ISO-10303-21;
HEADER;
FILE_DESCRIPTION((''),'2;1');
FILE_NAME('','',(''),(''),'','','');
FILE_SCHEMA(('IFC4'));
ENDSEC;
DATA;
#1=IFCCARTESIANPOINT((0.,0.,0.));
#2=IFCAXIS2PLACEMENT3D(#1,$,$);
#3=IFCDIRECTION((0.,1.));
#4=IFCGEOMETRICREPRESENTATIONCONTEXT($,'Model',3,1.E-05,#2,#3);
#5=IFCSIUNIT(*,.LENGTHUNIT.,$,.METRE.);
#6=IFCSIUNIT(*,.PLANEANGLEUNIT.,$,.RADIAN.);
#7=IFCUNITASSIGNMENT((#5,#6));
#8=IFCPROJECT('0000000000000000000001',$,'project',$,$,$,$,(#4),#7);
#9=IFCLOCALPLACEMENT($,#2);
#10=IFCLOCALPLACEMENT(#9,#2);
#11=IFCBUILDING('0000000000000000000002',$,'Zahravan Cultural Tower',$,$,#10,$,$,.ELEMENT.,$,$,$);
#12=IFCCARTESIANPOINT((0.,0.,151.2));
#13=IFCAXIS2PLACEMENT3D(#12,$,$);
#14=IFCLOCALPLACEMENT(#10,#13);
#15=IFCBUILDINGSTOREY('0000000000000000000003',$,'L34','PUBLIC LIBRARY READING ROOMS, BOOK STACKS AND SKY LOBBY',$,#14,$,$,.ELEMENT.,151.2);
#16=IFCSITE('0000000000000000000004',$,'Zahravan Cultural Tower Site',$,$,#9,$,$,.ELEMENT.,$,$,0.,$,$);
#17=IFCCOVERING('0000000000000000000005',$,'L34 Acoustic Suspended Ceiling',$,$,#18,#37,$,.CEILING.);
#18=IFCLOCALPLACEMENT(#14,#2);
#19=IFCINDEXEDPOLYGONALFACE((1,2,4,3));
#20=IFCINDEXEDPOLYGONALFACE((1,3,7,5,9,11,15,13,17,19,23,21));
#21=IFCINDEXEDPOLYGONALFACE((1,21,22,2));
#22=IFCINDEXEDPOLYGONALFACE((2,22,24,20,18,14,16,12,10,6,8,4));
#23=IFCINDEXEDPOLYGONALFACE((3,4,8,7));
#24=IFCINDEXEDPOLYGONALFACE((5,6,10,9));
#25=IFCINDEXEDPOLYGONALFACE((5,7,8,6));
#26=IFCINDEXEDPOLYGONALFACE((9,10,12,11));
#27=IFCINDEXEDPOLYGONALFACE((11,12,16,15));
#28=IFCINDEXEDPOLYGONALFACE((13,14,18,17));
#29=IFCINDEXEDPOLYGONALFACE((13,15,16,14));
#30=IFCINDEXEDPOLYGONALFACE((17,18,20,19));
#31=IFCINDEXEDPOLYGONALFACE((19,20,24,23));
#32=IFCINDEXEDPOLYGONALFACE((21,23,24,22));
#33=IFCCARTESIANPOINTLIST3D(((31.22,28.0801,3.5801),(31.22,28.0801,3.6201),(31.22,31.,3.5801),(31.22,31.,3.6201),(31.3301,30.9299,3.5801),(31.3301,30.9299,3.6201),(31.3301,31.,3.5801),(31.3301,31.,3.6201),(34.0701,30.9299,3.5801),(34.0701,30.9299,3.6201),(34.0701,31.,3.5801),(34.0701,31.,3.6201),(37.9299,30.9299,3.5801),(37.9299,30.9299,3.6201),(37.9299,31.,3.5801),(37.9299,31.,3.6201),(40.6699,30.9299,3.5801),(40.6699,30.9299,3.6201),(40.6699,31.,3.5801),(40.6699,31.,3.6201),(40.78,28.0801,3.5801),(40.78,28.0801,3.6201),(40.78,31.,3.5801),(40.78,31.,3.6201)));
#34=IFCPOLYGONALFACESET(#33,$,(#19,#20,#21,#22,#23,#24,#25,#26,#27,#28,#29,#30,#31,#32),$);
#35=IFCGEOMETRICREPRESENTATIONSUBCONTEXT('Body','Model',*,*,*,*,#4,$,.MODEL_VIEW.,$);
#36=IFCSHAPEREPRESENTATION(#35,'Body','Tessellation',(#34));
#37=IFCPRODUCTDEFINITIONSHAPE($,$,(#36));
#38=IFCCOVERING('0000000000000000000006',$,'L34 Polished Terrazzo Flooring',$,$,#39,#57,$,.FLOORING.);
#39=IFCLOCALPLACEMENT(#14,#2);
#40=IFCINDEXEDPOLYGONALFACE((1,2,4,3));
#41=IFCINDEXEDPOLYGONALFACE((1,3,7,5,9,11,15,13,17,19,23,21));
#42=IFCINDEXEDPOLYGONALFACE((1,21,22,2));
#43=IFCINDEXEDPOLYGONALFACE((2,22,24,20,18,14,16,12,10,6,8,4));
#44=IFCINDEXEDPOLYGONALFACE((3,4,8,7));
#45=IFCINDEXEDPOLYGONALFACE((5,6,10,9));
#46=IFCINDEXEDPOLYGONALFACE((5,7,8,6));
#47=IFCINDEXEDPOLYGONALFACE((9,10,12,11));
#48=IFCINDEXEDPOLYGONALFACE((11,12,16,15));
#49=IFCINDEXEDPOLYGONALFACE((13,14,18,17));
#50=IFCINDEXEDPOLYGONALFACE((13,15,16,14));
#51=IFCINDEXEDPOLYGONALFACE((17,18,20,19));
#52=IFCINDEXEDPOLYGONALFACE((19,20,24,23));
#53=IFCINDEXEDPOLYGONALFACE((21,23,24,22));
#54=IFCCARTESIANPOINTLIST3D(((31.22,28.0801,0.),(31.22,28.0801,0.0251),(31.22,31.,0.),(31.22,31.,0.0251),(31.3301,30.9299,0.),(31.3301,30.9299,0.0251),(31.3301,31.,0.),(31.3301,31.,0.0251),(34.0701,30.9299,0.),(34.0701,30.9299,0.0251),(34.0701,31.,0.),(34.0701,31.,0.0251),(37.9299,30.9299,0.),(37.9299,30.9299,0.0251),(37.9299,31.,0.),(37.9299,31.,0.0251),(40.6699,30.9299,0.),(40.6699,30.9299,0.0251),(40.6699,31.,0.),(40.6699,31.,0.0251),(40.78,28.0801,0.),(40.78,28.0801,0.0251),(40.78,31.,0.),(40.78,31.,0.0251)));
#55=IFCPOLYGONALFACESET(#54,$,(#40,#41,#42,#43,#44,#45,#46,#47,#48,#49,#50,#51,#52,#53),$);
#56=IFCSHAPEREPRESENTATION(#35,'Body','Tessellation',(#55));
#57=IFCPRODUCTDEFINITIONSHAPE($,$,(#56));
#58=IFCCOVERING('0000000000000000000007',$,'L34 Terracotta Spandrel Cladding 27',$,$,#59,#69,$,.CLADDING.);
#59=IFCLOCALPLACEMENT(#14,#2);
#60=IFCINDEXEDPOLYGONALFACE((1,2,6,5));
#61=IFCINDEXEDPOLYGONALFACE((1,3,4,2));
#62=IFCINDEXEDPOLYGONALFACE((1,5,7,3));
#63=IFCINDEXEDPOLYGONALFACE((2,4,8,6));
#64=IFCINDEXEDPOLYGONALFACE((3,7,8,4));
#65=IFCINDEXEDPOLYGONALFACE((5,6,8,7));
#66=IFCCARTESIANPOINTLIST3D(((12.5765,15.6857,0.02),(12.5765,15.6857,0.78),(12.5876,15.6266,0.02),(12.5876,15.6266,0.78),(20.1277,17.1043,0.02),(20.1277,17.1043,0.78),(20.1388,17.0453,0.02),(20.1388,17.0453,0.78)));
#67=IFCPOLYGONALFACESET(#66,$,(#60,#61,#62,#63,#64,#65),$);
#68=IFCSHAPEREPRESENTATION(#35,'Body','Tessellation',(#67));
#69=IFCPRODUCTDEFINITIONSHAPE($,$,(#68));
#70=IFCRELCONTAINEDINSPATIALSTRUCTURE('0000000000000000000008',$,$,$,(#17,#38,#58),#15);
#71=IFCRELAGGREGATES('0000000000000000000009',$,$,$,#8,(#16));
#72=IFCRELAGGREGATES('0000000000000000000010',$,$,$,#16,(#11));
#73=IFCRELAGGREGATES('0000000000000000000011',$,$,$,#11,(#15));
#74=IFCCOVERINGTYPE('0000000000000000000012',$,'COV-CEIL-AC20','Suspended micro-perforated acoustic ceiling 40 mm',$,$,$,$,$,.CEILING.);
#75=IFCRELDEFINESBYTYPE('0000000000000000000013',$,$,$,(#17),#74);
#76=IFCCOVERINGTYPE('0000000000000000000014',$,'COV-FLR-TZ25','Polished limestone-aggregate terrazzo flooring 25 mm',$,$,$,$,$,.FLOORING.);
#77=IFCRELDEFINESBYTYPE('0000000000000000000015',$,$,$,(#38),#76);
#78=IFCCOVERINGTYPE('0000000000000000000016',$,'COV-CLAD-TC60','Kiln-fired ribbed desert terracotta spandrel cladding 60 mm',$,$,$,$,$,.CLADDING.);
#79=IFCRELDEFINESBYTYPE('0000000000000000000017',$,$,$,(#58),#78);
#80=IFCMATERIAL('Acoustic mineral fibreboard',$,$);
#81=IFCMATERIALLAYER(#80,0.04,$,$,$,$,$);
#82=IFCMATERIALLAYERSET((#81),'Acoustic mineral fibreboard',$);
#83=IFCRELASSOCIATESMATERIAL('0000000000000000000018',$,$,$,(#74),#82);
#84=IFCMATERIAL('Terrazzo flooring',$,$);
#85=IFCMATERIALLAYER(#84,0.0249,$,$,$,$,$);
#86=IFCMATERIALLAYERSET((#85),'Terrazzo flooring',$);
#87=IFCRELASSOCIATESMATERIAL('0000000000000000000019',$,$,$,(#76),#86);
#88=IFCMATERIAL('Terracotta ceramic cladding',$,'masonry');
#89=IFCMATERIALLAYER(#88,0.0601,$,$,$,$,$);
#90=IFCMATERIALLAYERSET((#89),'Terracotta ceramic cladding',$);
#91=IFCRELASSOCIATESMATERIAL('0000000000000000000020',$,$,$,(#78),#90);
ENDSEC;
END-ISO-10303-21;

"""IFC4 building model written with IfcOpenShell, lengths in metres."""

from ifc_helpers import new_model, si_unit, direction, frame, origin, origin_2d, place, context, subcontext, project, spatial, polyline, rectangle, outline, extrude, source, transform, mapped, material, layer, layer_set, type_object, element, save


model = new_model("IFC4")

# Units and contexts
model_context = context("Model", 3, precision=1e-05, world=origin(), true_north=direction((0.0, 1.0)))
body_context = subcontext(model_context, "Body", "Model", "MODEL_VIEW")
ifc_project = project(units=[si_unit("LENGTHUNIT", "METRE"), si_unit("PLANEANGLEUNIT", "RADIAN")], contexts=[model_context])

# Site, building, storey
site_placement = place(None, origin())
site = spatial("IfcSite", under=ifc_project, at=site_placement, Name="Zahravan Cultural Tower Site", CompositionType="ELEMENT", RefElevation=0.0)
building_placement = place(site_placement, origin())
building = spatial("IfcBuilding", under=site, at=building_placement, Name="Zahravan Cultural Tower", CompositionType="ELEMENT")
storey_placement = place(building_placement, frame((0.0, 0.0, 151.2)))
storey = spatial("IfcBuildingStorey", under=building, at=storey_placement, Name="L34", Description="PUBLIC LIBRARY READING ROOMS, BOOK STACKS AND SKY LOBBY", CompositionType="ELEMENT", Elevation=151.2)

# Coverings
ifc_material_1 = material(Name="Acoustic mineral fibreboard")
ifc_layer_1 = layer(ifc_material_1, 0.04)
ifc_layer_set_1 = layer_set([ifc_layer_1], Name="Acoustic mineral fibreboard")
covering_type_1 = type_object("IfcCoveringType", Name="COV-CEIL-AC20", Description="Suspended micro-perforated acoustic ceiling 40 mm", PredefinedType="CEILING", material=ifc_layer_set_1)
covering_1_placement = place(storey_placement, frame((0.0, 0.0, 3.5801)))
element("IfcCovering", 1, at=covering_1_placement, inside=storey, type_object=covering_type_1, Name="L34 Acoustic Suspended Ceiling", PredefinedType="CEILING", context=body_context, shape_type="SweptSolid", body=[
    extrude(outline(polyline([(31.22, 31.0), (31.22, 28.0801), (40.78, 28.0801), (40.78, 31.0), (40.6699, 31.0), (40.6699, 30.9299), (37.9299, 30.9299), (37.9299, 31.0), (34.0701, 31.0), (34.0701, 30.9299), (31.3301, 30.9299), (31.3301, 31.0), (31.22, 31.0)])), origin(), (0.0, 0.0, 1.0), 0.04),
])
ifc_material_2 = material(Name="Terrazzo flooring")
ifc_layer_2 = layer(ifc_material_2, 0.0249)
ifc_layer_set_2 = layer_set([ifc_layer_2], Name="Terrazzo flooring")
covering_type_2 = type_object("IfcCoveringType", Name="COV-FLR-TZ25", Description="Polished limestone-aggregate terrazzo flooring 25 mm", PredefinedType="FLOORING", material=ifc_layer_set_2)
covering_2_placement = place(storey_placement, origin())
element("IfcCovering", 2, at=covering_2_placement, inside=storey, type_object=covering_type_2, Name="L34 Polished Terrazzo Flooring", PredefinedType="FLOORING", context=body_context, shape_type="SweptSolid", body=[
    extrude(outline(polyline([(31.22, 31.0), (31.22, 28.0801), (40.78, 28.0801), (40.78, 31.0), (40.6699, 31.0), (40.6699, 30.9299), (37.9299, 30.9299), (37.9299, 31.0), (34.0701, 31.0), (34.0701, 30.9299), (31.3301, 30.9299), (31.3301, 31.0), (31.22, 31.0)])), origin(), (0.0, 0.0, 1.0), 0.0251),
])
ifc_material_3 = material(Name="Terracotta ceramic cladding", Category="masonry")
ifc_layer_3 = layer(ifc_material_3, 0.0601)
ifc_layer_set_3 = layer_set([ifc_layer_3], Name="Terracotta ceramic cladding")
covering_type_3 = type_object("IfcCoveringType", Name="COV-CLAD-TC60", Description="Kiln-fired ribbed desert terracotta spandrel cladding 60 mm", PredefinedType="CLADDING", material=ifc_layer_set_3)
shared_shape_1 = source(origin(), body_context, "Body", "SweptSolid", [
    extrude(rectangle(XDim=7.6833, YDim=0.0601, at=origin_2d()), origin(), (0.0, 0.0, 1.0), 0.76),
])
covering_3_placement = place(storey_placement, frame((16.3577, 16.3655, 0.02), z_axis=(0.0, 0.0, 1.0), x_axis=(-0.982807, -0.184638, 0.0)))
element("IfcCovering", 3, at=covering_3_placement, inside=storey, type_object=covering_type_3, Name="L34 Terracotta Spandrel Cladding 27", PredefinedType="CLADDING", context=body_context, shape_type="MappedRepresentation", body=[
    mapped(shared_shape_1, transform((0.0, 0.0, 0.0), x_axis=(1.0, 0.0, 0.0), y_axis=(0.0, 1.0, 0.0), z_axis=(0.0, 0.0, 1.0), scale=1.0)),
])

save(model, "model.ifc")
